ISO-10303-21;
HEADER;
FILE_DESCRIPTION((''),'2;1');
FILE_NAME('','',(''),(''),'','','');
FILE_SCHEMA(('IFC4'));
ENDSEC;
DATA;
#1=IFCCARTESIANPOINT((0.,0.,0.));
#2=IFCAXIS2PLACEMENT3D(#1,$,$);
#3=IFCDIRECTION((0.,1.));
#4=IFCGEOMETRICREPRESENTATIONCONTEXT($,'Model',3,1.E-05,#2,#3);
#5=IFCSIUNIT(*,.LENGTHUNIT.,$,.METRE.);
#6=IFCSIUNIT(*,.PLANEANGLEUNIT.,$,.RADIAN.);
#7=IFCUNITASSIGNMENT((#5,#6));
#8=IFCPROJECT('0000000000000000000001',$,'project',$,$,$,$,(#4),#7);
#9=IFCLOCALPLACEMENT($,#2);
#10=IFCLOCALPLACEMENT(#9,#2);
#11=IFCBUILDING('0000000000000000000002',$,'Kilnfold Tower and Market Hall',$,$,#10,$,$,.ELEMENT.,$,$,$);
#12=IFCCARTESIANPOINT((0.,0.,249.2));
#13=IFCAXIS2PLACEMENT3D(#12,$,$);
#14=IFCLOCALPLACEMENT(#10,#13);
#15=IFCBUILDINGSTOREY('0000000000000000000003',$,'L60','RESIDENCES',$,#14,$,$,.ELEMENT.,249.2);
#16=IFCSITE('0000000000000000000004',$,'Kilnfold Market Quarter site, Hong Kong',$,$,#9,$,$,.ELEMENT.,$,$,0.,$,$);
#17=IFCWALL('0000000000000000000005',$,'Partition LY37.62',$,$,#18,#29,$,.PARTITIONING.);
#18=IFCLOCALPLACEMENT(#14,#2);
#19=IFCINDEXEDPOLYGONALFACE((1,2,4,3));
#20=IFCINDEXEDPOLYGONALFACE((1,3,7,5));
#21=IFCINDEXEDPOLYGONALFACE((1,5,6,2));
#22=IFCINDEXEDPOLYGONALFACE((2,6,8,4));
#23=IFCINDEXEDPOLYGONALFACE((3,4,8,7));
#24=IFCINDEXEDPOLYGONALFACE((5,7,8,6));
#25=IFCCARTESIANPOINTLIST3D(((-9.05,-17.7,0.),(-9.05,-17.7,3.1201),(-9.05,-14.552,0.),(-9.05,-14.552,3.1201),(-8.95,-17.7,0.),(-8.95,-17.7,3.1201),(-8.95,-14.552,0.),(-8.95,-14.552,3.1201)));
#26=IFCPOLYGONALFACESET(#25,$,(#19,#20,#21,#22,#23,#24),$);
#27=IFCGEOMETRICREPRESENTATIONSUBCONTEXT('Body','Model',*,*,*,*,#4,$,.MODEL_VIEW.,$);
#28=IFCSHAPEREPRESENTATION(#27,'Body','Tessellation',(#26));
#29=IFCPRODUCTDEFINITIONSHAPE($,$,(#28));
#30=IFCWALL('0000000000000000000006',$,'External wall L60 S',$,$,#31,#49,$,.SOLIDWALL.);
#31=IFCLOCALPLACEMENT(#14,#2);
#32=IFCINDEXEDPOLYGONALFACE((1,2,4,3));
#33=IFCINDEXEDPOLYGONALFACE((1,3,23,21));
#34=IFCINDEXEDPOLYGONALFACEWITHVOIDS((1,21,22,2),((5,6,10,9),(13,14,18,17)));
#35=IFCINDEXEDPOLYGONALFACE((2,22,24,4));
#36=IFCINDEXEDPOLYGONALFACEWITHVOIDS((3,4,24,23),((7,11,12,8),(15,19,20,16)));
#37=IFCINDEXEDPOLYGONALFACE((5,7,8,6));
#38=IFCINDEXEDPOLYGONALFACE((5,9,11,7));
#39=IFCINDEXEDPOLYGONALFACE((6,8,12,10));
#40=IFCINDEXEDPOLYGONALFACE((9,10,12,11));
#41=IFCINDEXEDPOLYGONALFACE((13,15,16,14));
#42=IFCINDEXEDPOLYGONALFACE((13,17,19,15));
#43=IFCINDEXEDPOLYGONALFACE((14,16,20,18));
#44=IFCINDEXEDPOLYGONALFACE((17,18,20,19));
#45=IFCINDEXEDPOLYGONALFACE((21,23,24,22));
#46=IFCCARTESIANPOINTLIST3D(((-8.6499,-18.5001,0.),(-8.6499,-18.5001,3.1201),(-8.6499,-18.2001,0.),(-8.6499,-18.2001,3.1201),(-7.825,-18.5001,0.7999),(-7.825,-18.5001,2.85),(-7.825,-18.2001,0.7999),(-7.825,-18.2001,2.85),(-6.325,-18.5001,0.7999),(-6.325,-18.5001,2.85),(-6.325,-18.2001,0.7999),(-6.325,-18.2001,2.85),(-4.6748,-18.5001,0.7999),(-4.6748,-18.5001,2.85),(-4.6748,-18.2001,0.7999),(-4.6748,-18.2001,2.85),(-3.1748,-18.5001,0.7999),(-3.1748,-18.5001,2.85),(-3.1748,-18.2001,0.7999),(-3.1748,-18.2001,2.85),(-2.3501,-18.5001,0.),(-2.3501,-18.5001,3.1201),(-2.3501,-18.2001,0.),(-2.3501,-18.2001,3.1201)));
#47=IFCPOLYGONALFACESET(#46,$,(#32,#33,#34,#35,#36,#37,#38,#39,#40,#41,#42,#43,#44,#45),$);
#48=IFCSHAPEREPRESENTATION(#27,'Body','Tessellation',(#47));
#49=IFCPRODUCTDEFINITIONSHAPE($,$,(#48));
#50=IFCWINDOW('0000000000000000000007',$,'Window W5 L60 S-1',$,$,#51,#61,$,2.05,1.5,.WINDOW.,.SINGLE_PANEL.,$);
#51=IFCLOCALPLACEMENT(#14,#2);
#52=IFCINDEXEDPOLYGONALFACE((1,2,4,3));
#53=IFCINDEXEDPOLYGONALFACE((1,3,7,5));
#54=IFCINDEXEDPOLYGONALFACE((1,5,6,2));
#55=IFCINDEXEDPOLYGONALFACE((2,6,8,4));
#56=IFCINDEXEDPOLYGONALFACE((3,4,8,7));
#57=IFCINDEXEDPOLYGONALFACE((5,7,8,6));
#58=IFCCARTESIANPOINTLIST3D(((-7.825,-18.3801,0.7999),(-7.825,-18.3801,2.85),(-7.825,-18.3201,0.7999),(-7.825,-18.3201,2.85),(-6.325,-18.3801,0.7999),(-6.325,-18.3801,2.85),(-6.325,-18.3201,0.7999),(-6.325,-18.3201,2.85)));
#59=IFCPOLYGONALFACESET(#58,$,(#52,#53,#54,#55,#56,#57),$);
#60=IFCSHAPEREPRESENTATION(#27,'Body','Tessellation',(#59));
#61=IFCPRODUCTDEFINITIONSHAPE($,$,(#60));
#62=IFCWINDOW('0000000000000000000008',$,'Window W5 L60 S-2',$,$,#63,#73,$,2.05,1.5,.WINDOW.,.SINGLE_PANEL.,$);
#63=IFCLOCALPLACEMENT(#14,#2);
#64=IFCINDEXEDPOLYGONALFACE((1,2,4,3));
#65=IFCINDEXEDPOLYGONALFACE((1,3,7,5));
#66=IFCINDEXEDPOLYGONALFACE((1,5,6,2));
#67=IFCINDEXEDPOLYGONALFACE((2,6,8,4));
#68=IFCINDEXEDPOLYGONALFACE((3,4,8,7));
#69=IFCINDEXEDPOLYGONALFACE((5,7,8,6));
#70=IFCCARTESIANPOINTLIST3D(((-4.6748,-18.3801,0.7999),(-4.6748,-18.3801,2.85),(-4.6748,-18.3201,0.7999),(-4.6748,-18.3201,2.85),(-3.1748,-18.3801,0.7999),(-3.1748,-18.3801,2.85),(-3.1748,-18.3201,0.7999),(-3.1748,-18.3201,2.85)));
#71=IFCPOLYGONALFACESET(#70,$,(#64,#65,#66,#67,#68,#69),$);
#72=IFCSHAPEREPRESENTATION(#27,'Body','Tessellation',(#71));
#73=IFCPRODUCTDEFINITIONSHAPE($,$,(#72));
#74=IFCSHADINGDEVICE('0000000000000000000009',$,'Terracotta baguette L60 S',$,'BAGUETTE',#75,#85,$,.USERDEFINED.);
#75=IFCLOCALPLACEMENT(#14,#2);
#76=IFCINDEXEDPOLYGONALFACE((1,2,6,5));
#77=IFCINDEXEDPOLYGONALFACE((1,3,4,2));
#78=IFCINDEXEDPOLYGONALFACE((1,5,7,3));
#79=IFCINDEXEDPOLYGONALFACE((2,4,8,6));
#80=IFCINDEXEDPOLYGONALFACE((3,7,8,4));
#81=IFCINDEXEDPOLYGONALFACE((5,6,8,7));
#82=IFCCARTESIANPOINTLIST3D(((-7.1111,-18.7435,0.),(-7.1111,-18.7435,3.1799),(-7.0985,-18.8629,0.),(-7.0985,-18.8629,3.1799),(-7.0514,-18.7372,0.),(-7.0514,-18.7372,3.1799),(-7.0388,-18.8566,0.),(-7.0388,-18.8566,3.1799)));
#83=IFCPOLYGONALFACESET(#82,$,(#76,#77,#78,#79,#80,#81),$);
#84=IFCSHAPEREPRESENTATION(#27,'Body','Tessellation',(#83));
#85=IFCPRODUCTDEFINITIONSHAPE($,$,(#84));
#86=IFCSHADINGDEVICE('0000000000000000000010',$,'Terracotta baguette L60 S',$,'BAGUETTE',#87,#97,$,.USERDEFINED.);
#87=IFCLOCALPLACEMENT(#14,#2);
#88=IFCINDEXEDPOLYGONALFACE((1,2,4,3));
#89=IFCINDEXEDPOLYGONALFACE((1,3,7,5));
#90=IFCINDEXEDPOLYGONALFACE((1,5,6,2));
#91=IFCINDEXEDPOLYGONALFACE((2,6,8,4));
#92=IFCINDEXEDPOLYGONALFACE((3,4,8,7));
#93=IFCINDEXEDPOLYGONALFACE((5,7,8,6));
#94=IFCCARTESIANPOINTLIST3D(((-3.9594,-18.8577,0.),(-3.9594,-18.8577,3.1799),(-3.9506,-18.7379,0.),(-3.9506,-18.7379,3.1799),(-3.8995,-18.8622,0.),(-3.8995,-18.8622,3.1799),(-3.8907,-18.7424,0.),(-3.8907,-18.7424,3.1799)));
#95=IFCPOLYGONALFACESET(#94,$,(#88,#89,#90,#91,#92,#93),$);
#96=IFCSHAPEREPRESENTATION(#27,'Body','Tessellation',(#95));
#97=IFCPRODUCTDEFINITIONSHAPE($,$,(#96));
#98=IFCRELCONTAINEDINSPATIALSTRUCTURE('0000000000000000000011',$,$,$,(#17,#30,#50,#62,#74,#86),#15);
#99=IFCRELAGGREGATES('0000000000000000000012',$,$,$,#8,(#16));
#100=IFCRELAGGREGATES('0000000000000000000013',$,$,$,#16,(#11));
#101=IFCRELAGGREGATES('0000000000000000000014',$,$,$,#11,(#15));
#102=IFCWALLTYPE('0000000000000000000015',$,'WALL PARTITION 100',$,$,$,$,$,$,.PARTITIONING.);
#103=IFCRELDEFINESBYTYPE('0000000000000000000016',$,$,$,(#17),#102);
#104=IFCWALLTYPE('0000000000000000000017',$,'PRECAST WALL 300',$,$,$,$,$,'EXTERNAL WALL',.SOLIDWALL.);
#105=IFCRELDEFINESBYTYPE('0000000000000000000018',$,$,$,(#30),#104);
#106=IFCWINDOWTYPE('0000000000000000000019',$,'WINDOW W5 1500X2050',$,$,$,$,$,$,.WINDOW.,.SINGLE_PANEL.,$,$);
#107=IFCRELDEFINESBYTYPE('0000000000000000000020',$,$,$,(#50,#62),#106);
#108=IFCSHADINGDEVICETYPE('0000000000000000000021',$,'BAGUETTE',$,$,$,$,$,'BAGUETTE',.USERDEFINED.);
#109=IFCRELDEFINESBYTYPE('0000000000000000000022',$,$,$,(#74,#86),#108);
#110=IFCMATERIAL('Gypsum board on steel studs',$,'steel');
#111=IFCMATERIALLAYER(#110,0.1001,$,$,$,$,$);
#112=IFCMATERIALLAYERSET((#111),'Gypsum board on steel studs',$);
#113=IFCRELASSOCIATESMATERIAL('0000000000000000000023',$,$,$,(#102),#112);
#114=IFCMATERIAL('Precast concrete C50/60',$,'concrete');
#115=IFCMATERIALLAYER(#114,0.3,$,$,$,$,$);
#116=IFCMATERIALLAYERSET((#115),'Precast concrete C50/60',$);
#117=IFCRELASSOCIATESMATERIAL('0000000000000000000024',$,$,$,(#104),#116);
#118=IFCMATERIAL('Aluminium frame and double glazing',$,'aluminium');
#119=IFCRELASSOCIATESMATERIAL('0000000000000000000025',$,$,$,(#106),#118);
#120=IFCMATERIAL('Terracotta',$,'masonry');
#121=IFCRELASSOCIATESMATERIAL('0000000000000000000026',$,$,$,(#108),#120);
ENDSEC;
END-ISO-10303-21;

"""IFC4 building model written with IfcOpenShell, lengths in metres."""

from ifc_helpers import new_model, si_unit, direction, frame, frame_2d, origin, origin_2d, place, context, subcontext, project, spatial, rectangle, extrude, source, transform, mapped, material, layer, layer_set, material_profile, profile_set, type_object, element, fill, save


model = new_model("IFC4")

# Units and contexts
model_context = context("Model", 3, precision=1e-05, world=origin(), true_north=direction((0.0, 1.0)))
body_context = subcontext(model_context, "Body", "Model", "MODEL_VIEW")
ifc_project = project(units=[si_unit("LENGTHUNIT", "METRE"), si_unit("PLANEANGLEUNIT", "RADIAN")], contexts=[model_context])

# Site, building, storey
site_placement = place(None, origin())
site = spatial("IfcSite", under=ifc_project, at=site_placement, Name="Kilnfold Market Quarter site, Hong Kong", CompositionType="ELEMENT", RefElevation=0.0)
building_placement = place(site_placement, origin())
building = spatial("IfcBuilding", under=site, at=building_placement, Name="Kilnfold Tower and Market Hall", CompositionType="ELEMENT")
storey_placement = place(building_placement, frame((0.0, 0.0, 249.2)))
storey = spatial("IfcBuildingStorey", under=building, at=storey_placement, Name="L60", Description="RESIDENCES", CompositionType="ELEMENT", Elevation=249.2)

# Shared definitions
ifc_material_1 = material(Name="Gypsum board on steel studs", Category="steel")
ifc_layer_1 = layer(ifc_material_1, 0.1001)
ifc_layer_set_1 = layer_set([ifc_layer_1], Name="Gypsum board on steel studs")
wall_type_1 = type_object("IfcWallType", Name="WALL PARTITION 100", PredefinedType="PARTITIONING", material=ifc_layer_set_1)

# Wall
wall_1_placement = place(storey_placement, frame((-9.0, -17.7, 0.0), z_axis=(0.0, 0.0, 1.0), x_axis=(0.0, 1.0, 0.0)))
element("IfcWall", 1, at=wall_1_placement, inside=storey, type_object=wall_type_1, Name="Partition LY37.62", PredefinedType="PARTITIONING", context=body_context, shape_type="SweptSolid", body=[
    extrude(rectangle(XDim=3.1479, YDim=0.1001, at=frame_2d((1.574, 0.0))), origin(), (0.0, 0.0, 1.0), 3.1201),
])

# Wall, openings, windows
ifc_material_2 = material(Name="Precast concrete C50/60", Category="concrete")
ifc_layer_2 = layer(ifc_material_2, 0.3)
ifc_layer_set_2 = layer_set([ifc_layer_2], Name="Precast concrete C50/60")
wall_type_2 = type_object("IfcWallType", Name="PRECAST WALL 300", ElementType="EXTERNAL WALL", PredefinedType="SOLIDWALL", material=ifc_layer_set_2)
shared_shape_1 = source(origin(), body_context, "Body", "SweptSolid", [
    extrude(rectangle(XDim=6.2998, YDim=0.3, at=frame_2d((3.1499, 0.0))), origin(), (0.0, 0.0, 1.0), 3.1201),
])
wall_2_placement = place(storey_placement, frame((-8.6499, -18.3501, 0.0), z_axis=(0.0, 0.0, 1.0), x_axis=(1.0, 0.0, 0.0)))
wall_2 = element("IfcWall", 2, at=wall_2_placement, inside=storey, type_object=wall_type_2, Name="External wall L60 S", PredefinedType="SOLIDWALL", context=body_context, shape_type="MappedRepresentation", body=[
    mapped(shared_shape_1, transform((0.0, 0.0, 0.0))),
])
opening_1_placement = place(wall_2_placement, frame((0.825, 0.0, 0.8)))
opening_1 = element("IfcOpeningElement", 3, at=opening_1_placement, cuts=wall_2, PredefinedType="OPENING", context=body_context, shape_type="SweptSolid", body=[
    extrude(rectangle(XDim=1.5, YDim=2.05, at=frame_2d((0.75, 1.0249))), frame((0.0, 0.1602, 0.0), z_axis=(0.0, -1.0, 0.0), x_axis=(1.0, 0.0, 0.0)), (0.0, 0.0, 1.0), 0.3201),
])
opening_2_placement = place(wall_2_placement, frame((3.9751, 0.0, 0.8)))
opening_2 = element("IfcOpeningElement", 4, at=opening_2_placement, cuts=wall_2, PredefinedType="OPENING", context=body_context, shape_type="SweptSolid", body=[
    extrude(rectangle(XDim=1.5, YDim=2.05, at=frame_2d((0.75, 1.0249))), frame((0.0, 0.1602, 0.0), z_axis=(0.0, -1.0, 0.0), x_axis=(1.0, 0.0, 0.0)), (0.0, 0.0, 1.0), 0.3201),
])
ifc_material_3 = material(Name="Aluminium frame and double glazing", Category="aluminium")
window_type = type_object("IfcWindowType", Name="WINDOW W5 1500X2050", PartitioningType="SINGLE_PANEL", PredefinedType="WINDOW", material=ifc_material_3)
window_1_placement = place(opening_1_placement, origin())
window_1 = element("IfcWindow", 5, at=window_1_placement, inside=storey, type_object=window_type, Name="Window W5 L60 S-1", OverallHeight=2.05, OverallWidth=1.5, PartitioningType="SINGLE_PANEL", PredefinedType="WINDOW", context=body_context, shape_type="SweptSolid", body=[
    extrude(rectangle(XDim=1.5, YDim=2.05, at=frame_2d((0.75, 1.0249))), frame((0.0, 0.03, 0.0), z_axis=(0.0, -1.0, 0.0), x_axis=(1.0, 0.0, 0.0)), (0.0, 0.0, 1.0), 0.0601),
])
fill(opening_1, window_1)
window_2_placement = place(opening_2_placement, origin())
window_2 = element("IfcWindow", 6, at=window_2_placement, inside=storey, type_object=window_type, Name="Window W5 L60 S-2", OverallHeight=2.05, OverallWidth=1.5, PartitioningType="SINGLE_PANEL", PredefinedType="WINDOW", context=body_context, shape_type="SweptSolid", body=[
    extrude(rectangle(XDim=1.5, YDim=2.05, at=frame_2d((0.75, 1.0249))), frame((0.0, 0.03, 0.0), z_axis=(0.0, -1.0, 0.0), x_axis=(1.0, 0.0, 0.0)), (0.0, 0.0, 1.0), 0.0601),
])
fill(opening_2, window_2)

# Shading devices
ifc_material_4 = material(Name="Terracotta", Category="masonry")
ifc_material_profile_1 = material_profile(ifc_material_4, rectangle(XDim=0.0601, YDim=0.1201, at=origin_2d()), Name="BAG 60x120")
ifc_profile_set_1 = profile_set([ifc_material_profile_1], Name="Terracotta")
shading_device_type = type_object("IfcShadingDeviceType", Name="BAGUETTE", ElementType="BAGUETTE", PredefinedType="USERDEFINED", material=ifc_profile_set_1)
shared_shape_2 = source(origin(), body_context, "Body", "SweptSolid", [
    extrude(rectangle(XDim=0.0601, YDim=0.1201, at=origin_2d()), origin(), (0.0, 0.0, 1.0), 3.1799),
])
for number, where, z_axis, x_axis, name in (
    (7, (-7.075, -18.8, 0.0), (0.0, 0.0, 1.0), (0.994429, 0.105405, 0.0), "Terracotta baguette L60 S"),
    (8, (-3.925, -18.8, 0.0), (0.0, 0.0, 1.0), (0.997285, -0.073635, 0.0), "Terracotta baguette L60 S"),
):
    element("IfcShadingDevice", number, at=place(storey_placement, frame(where, z_axis=z_axis, x_axis=x_axis)), inside=storey, type_object=shading_device_type, Name=name, ObjectType="BAGUETTE", PredefinedType="USERDEFINED", context=body_context, shape_type="MappedRepresentation", body=[
        mapped(shared_shape_2, transform((0.0, 0.0, 0.0))),
    ])

save(model, "model.ifc")
